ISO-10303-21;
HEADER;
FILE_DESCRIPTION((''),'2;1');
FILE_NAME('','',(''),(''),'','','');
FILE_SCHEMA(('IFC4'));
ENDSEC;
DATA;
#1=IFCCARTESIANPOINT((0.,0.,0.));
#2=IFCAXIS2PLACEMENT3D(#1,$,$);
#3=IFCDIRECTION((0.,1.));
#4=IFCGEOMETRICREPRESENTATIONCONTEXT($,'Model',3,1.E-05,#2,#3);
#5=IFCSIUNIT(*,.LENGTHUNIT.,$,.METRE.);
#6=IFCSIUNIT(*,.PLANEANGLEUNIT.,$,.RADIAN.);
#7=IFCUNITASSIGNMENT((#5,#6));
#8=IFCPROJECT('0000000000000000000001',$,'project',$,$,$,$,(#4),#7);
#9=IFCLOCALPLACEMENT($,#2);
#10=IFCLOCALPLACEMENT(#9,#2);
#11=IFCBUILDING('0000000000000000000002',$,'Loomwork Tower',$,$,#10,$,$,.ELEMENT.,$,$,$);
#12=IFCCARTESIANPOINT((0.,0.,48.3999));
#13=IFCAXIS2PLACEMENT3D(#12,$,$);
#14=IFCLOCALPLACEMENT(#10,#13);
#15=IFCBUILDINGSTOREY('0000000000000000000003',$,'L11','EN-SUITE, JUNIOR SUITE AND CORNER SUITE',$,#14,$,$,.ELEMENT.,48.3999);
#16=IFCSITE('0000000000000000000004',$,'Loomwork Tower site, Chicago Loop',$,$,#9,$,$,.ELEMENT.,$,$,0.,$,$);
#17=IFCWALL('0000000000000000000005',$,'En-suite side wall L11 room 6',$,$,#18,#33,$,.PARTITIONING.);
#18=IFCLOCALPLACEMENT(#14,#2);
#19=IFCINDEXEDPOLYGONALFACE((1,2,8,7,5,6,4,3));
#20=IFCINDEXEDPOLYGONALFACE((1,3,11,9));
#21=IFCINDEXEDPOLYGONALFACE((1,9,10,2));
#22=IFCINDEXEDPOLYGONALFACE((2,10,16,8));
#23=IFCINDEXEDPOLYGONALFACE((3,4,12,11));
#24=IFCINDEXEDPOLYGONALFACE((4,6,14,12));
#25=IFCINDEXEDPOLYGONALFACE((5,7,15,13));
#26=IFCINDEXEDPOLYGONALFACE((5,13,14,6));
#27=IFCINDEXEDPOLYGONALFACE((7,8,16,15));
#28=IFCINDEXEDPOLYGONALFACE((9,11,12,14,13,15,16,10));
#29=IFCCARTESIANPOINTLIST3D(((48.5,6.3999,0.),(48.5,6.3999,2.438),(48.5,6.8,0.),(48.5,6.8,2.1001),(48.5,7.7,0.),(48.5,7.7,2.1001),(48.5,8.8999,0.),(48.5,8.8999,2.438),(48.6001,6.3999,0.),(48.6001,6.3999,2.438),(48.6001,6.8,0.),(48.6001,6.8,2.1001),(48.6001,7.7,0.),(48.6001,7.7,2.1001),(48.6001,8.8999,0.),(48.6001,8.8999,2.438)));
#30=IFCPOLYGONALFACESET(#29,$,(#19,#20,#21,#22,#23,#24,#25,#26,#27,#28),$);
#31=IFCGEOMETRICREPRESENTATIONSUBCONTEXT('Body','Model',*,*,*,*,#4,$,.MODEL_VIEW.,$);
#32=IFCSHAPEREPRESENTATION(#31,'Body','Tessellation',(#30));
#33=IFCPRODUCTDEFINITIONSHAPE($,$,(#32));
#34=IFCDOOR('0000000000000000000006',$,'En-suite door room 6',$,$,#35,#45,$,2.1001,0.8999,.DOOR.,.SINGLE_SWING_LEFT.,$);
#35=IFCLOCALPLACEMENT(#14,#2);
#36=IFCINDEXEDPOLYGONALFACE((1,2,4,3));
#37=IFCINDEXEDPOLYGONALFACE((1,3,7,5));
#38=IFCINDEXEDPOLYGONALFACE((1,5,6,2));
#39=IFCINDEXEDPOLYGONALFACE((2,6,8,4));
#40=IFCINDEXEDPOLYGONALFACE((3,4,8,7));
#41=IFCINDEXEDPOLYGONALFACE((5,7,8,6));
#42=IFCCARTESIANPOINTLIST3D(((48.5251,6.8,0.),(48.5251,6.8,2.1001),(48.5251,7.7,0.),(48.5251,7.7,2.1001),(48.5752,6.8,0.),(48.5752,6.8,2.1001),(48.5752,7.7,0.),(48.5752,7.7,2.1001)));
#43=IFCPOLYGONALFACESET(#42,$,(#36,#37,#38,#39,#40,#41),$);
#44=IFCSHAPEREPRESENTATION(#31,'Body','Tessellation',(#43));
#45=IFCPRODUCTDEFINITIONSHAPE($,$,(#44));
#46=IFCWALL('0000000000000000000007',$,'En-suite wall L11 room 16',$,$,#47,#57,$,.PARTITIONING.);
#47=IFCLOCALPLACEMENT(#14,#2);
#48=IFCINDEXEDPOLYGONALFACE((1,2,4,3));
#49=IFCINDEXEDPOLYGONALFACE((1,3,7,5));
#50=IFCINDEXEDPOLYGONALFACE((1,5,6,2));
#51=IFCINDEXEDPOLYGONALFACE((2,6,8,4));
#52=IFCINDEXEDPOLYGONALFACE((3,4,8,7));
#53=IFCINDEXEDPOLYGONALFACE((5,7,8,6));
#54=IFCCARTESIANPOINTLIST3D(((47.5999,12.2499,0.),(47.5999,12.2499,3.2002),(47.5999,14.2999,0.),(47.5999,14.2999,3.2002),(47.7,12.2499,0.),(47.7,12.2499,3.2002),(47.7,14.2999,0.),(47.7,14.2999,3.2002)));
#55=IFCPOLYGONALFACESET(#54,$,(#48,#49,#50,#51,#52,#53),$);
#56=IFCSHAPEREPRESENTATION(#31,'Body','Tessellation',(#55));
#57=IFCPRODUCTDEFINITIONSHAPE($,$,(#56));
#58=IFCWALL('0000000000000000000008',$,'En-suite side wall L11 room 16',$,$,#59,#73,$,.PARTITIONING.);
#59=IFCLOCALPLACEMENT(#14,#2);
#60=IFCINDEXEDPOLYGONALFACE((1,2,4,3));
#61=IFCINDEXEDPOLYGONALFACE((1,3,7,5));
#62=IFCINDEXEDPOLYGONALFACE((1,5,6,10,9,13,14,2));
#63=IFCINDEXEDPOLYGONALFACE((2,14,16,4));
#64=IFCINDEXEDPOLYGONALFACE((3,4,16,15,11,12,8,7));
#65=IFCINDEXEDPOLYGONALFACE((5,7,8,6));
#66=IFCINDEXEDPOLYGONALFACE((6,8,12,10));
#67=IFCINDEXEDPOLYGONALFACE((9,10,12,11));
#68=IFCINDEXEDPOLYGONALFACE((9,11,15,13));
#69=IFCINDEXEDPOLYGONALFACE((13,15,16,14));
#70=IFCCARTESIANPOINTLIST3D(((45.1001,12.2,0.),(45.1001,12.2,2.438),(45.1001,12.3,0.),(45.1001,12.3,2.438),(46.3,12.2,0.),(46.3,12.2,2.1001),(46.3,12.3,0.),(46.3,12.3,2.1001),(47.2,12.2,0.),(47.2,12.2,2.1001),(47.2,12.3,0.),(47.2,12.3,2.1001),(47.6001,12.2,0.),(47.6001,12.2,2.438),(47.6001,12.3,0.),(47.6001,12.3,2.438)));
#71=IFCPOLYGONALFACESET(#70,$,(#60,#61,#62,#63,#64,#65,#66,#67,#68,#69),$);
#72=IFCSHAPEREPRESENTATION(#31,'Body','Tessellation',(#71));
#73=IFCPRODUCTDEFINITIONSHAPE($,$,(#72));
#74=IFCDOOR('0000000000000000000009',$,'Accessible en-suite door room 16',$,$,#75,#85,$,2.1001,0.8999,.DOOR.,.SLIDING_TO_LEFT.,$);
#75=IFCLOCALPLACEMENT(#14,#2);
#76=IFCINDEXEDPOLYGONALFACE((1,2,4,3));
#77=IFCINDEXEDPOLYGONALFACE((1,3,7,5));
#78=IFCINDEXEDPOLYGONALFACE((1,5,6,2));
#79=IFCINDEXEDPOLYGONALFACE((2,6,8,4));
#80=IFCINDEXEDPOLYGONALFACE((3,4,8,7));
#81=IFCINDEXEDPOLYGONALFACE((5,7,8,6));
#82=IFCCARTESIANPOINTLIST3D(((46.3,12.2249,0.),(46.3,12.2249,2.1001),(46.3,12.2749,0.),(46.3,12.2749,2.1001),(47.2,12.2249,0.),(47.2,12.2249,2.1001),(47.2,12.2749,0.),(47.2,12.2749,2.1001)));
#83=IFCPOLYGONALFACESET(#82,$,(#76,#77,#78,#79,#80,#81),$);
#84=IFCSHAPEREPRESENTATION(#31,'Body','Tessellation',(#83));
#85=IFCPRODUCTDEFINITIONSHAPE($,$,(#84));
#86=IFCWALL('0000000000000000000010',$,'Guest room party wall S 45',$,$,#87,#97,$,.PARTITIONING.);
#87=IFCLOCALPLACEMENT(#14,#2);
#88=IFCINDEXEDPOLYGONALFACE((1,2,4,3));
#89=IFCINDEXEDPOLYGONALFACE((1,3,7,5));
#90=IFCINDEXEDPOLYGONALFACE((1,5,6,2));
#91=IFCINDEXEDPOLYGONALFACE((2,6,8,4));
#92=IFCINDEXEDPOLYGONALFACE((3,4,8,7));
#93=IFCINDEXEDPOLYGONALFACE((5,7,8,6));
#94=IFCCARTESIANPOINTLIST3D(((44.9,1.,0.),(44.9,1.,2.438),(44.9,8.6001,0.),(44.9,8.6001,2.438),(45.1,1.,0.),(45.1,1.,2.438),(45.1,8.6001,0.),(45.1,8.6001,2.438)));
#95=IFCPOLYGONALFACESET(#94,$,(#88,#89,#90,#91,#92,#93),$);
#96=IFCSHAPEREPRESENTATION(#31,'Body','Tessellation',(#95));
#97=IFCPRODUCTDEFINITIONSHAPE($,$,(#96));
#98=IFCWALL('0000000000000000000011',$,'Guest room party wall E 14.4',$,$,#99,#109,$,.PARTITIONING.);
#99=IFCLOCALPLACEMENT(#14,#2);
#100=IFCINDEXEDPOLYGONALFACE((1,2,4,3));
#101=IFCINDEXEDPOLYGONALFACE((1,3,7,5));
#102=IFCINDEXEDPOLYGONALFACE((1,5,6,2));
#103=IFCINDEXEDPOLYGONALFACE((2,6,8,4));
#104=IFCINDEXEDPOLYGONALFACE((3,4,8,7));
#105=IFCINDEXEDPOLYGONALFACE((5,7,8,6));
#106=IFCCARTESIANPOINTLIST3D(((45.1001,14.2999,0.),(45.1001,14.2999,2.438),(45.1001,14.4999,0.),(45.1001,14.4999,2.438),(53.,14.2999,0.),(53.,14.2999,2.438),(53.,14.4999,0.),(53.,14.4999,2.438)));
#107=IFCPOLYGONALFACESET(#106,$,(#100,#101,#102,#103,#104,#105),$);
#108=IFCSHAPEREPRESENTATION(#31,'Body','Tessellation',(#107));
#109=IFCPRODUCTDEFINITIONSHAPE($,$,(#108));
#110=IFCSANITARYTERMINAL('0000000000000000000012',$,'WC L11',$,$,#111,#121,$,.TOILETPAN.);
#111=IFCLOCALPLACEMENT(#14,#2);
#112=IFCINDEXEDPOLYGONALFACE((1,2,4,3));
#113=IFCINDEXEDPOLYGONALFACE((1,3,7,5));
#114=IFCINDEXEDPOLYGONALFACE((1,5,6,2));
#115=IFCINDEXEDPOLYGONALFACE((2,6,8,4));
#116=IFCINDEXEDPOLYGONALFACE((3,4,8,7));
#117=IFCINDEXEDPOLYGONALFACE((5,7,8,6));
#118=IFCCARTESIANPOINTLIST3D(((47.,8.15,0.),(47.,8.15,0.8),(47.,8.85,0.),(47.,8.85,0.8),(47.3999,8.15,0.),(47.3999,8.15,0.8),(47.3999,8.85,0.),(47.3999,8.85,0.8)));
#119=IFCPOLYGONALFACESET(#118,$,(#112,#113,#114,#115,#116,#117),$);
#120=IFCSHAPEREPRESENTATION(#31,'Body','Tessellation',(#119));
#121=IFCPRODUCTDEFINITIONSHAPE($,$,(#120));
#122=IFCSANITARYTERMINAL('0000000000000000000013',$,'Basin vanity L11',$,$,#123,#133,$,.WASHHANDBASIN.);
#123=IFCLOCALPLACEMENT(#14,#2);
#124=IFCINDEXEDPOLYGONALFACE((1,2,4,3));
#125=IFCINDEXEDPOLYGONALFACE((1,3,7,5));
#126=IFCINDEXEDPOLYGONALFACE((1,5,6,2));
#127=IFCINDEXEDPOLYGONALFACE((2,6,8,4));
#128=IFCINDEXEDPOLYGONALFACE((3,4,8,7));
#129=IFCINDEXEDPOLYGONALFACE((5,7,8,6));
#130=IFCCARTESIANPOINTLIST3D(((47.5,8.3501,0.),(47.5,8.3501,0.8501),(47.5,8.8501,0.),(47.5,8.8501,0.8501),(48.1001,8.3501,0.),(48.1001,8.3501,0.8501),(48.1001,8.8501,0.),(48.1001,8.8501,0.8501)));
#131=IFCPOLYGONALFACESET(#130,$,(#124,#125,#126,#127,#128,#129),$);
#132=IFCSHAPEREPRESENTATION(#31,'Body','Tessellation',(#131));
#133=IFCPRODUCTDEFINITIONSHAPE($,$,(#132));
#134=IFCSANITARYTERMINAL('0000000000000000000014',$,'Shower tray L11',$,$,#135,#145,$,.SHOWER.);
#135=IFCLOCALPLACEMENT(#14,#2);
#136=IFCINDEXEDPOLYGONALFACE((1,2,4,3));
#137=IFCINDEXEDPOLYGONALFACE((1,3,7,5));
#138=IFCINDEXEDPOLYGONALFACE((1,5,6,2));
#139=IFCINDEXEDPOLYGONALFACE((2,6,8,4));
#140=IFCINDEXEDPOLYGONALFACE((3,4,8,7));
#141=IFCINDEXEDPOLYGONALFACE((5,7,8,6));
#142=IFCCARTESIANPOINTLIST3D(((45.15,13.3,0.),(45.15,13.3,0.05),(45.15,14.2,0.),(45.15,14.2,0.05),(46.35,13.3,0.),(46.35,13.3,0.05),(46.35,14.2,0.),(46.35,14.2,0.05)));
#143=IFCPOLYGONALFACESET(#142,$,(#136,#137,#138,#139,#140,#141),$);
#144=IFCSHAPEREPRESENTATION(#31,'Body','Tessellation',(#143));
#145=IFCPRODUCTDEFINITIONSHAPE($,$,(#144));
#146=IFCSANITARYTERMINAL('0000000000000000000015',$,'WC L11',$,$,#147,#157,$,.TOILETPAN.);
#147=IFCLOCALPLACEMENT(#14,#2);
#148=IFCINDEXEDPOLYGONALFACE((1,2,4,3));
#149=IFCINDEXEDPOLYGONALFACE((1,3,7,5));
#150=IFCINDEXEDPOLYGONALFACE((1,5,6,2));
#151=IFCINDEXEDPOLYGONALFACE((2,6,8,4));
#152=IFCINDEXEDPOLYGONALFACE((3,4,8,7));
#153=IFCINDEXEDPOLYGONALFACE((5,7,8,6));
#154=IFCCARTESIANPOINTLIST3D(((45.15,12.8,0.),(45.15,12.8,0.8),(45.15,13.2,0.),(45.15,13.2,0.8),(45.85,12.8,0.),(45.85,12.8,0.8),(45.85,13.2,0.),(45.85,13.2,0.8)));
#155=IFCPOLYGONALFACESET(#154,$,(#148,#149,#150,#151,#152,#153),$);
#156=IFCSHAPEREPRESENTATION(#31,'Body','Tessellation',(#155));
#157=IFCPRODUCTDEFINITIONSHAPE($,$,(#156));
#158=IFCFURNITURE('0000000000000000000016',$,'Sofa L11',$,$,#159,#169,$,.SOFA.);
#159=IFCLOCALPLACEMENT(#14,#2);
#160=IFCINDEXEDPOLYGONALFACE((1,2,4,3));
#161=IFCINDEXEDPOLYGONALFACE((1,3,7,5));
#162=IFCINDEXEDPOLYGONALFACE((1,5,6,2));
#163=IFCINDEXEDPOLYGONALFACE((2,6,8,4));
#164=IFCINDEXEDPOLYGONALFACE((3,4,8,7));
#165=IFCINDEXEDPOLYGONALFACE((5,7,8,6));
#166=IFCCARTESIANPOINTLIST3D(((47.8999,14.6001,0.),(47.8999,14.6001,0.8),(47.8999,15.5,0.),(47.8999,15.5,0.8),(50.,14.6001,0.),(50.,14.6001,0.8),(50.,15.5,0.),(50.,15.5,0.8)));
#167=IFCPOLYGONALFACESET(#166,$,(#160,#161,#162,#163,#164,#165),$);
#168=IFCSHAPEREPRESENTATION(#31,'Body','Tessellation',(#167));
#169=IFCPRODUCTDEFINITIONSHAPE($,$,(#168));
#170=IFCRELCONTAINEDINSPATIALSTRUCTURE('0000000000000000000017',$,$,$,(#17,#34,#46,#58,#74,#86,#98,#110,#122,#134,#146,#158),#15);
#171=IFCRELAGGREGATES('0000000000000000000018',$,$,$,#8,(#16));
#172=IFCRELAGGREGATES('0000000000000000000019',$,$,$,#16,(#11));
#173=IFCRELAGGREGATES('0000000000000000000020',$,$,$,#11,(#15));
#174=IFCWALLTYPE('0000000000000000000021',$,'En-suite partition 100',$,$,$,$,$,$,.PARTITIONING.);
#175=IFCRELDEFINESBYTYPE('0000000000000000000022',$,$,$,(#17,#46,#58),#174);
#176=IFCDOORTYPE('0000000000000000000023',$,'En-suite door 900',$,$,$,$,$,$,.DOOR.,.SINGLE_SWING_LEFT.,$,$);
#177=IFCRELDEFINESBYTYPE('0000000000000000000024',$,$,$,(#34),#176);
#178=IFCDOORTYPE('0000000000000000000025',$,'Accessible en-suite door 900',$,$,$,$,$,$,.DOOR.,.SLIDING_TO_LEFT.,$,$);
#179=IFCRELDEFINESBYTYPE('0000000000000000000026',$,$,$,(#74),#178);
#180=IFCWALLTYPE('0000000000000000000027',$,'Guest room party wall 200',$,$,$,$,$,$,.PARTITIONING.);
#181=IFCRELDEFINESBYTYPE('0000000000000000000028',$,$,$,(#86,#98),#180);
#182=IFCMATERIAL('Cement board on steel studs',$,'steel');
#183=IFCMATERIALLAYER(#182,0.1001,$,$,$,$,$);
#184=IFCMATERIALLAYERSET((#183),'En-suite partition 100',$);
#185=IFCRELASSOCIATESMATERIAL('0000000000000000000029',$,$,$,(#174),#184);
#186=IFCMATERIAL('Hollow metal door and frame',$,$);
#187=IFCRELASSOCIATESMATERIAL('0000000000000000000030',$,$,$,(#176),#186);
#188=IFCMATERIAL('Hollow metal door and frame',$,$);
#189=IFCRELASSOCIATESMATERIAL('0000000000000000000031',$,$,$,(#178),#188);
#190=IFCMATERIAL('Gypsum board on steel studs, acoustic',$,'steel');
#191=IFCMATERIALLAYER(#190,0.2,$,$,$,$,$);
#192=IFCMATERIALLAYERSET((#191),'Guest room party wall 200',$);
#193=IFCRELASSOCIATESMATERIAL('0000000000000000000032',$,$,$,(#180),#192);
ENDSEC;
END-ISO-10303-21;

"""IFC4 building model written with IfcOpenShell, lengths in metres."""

from ifc_helpers import new_model, si_unit, direction, frame, frame_2d, origin, origin_2d, place, context, subcontext, project, spatial, rectangle, extrude, material, layer, layer_set, type_object, element, fill, save


model = new_model("IFC4")

# Units and contexts
model_context = context("Model", 3, precision=1e-05, world=origin(), true_north=direction((0.0, 1.0)))
body_context = subcontext(model_context, "Body", "Model", "MODEL_VIEW")
ifc_project = project(units=[si_unit("LENGTHUNIT", "METRE"), si_unit("PLANEANGLEUNIT", "RADIAN")], contexts=[model_context])

# Site, building, storey
site_placement = place(None, origin())
site = spatial("IfcSite", under=ifc_project, at=site_placement, Name="Loomwork Tower site, Chicago Loop", CompositionType="ELEMENT", RefElevation=0.0)
building_placement = place(site_placement, origin())
building = spatial("IfcBuilding", under=site, at=building_placement, Name="Loomwork Tower", CompositionType="ELEMENT")
storey_placement = place(building_placement, frame((0.0, 0.0, 48.3999)))
storey = spatial("IfcBuildingStorey", under=building, at=storey_placement, Name="L11", Description="EN-SUITE, JUNIOR SUITE AND CORNER SUITE", CompositionType="ELEMENT", Elevation=48.3999)

# Wall, opening, door
ifc_material_1 = material(Name="Cement board on steel studs", Category="steel")
ifc_layer_1 = layer(ifc_material_1, 0.1001)
ifc_layer_set_1 = layer_set([ifc_layer_1], Name="En-suite partition 100")
wall_type_1 = type_object("IfcWallType", Name="En-suite partition 100", PredefinedType="PARTITIONING", material=ifc_layer_set_1)
wall_1_placement = place(storey_placement, frame((48.55, 8.8999, 0.0), z_axis=(0.0, 0.0, 1.0), x_axis=(0.0, -1.0, 0.0)))
wall_1 = element("IfcWall", 1, at=wall_1_placement, inside=storey, type_object=wall_type_1, Name="En-suite side wall L11 room 6", PredefinedType="PARTITIONING", context=body_context, shape_type="SweptSolid", body=[
    extrude(rectangle(XDim=2.5, YDim=0.1001, at=frame_2d((1.25, 0.0))), origin(), (0.0, 0.0, 1.0), 2.438),
])
opening_1_placement = place(wall_1_placement, frame((1.2, 0.0, 0.0)))
opening_1 = element("IfcOpeningElement", 2, at=opening_1_placement, cuts=wall_1, PredefinedType="OPENING", context=body_context, shape_type="SweptSolid", body=[
    extrude(rectangle(XDim=0.8999, YDim=2.1001, at=frame_2d((0.45, 1.05))), frame((0.0, 0.0601, 0.0), z_axis=(0.0, -1.0, 0.0), x_axis=(1.0, 0.0, 0.0)), (0.0, 0.0, 1.0), 0.1201),
])
ifc_material_2 = material(Name="Hollow metal door and frame")
door_type_1 = type_object("IfcDoorType", Name="En-suite door 900", OperationType="SINGLE_SWING_LEFT", PredefinedType="DOOR", material=ifc_material_2)
door_1_placement = place(opening_1_placement, frame((0.8999, 0.0, 0.0), z_axis=(0.0, 0.0, 1.0), x_axis=(-1.0, 0.0, 0.0)))
door_1 = element("IfcDoor", 3, at=door_1_placement, inside=storey, type_object=door_type_1, Name="En-suite door room 6", OperationType="SINGLE_SWING_LEFT", OverallHeight=2.1001, OverallWidth=0.8999, PredefinedType="DOOR", context=body_context, shape_type="SweptSolid", body=[
    extrude(rectangle(XDim=0.8999, YDim=2.1001, at=frame_2d((0.45, 1.05))), frame((0.0, 0.0249, 0.0), z_axis=(0.0, -1.0, 0.0), x_axis=(1.0, 0.0, 0.0)), (0.0, 0.0, 1.0), 0.05),
])
fill(opening_1, door_1)

# Wall
wall_2_placement = place(storey_placement, frame((47.6499, 12.25, 0.0), z_axis=(0.0, 0.0, 1.0), x_axis=(0.0, 1.0, 0.0)))
element("IfcWall", 4, at=wall_2_placement, inside=storey, type_object=wall_type_1, Name="En-suite wall L11 room 16", PredefinedType="PARTITIONING", context=body_context, shape_type="SweptSolid", body=[
    extrude(rectangle(XDim=2.05, YDim=0.1001, at=frame_2d((1.0249, 0.0))), origin(), (0.0, 0.0, 1.0), 3.2002),
])

# Wall, opening, door
wall_3_placement = place(storey_placement, frame((45.1001, 12.25, 0.0), z_axis=(0.0, 0.0, 1.0), x_axis=(1.0, 0.0, 0.0)))
wall_3 = element("IfcWall", 5, at=wall_3_placement, inside=storey, type_object=wall_type_1, Name="En-suite side wall L11 room 16", PredefinedType="PARTITIONING", context=body_context, shape_type="SweptSolid", body=[
    extrude(rectangle(XDim=2.5, YDim=0.1001, at=frame_2d((1.25, 0.0))), origin(), (0.0, 0.0, 1.0), 2.438),
])
opening_2_placement = place(wall_3_placement, frame((1.2, 0.0, 0.0)))
opening_2 = element("IfcOpeningElement", 6, at=opening_2_placement, cuts=wall_3, PredefinedType="OPENING", context=body_context, shape_type="SweptSolid", body=[
    extrude(rectangle(XDim=0.8999, YDim=2.1001, at=frame_2d((0.45, 1.05))), frame((0.0, 0.0601, 0.0), z_axis=(0.0, -1.0, 0.0), x_axis=(1.0, 0.0, 0.0)), (0.0, 0.0, 1.0), 0.1201),
])
ifc_material_3 = material(Name="Hollow metal door and frame")
door_type_2 = type_object("IfcDoorType", Name="Accessible en-suite door 900", OperationType="SLIDING_TO_LEFT", PredefinedType="DOOR", material=ifc_material_3)
door_2_placement = place(opening_2_placement, origin())
door_2 = element("IfcDoor", 7, at=door_2_placement, inside=storey, type_object=door_type_2, Name="Accessible en-suite door room 16", OperationType="SLIDING_TO_LEFT", OverallHeight=2.1001, OverallWidth=0.8999, PredefinedType="DOOR", context=body_context, shape_type="SweptSolid", body=[
    extrude(rectangle(XDim=0.8999, YDim=2.1001, at=frame_2d((0.45, 1.05))), frame((0.0, 0.0249, 0.0), z_axis=(0.0, -1.0, 0.0), x_axis=(1.0, 0.0, 0.0)), (0.0, 0.0, 1.0), 0.05),
])
fill(opening_2, door_2)

# Walls
ifc_material_4 = material(Name="Gypsum board on steel studs, acoustic", Category="steel")
ifc_layer_2 = layer(ifc_material_4, 0.2)
ifc_layer_set_2 = layer_set([ifc_layer_2], Name="Guest room party wall 200")
wall_type_2 = type_object("IfcWallType", Name="Guest room party wall 200", PredefinedType="PARTITIONING", material=ifc_layer_set_2)
wall_4_placement = place(storey_placement, frame((45.0, 8.6001, 0.0), z_axis=(0.0, 0.0, 1.0), x_axis=(0.0, -1.0, 0.0)))
element("IfcWall", 8, at=wall_4_placement, inside=storey, type_object=wall_type_2, Name="Guest room party wall S 45", PredefinedType="PARTITIONING", context=body_context, shape_type="SweptSolid", body=[
    extrude(rectangle(XDim=7.6001, YDim=0.2, at=frame_2d((3.8, 0.0))), origin(), (0.0, 0.0, 1.0), 2.438),
])
wall_5_placement = place(storey_placement, frame((45.1001, 14.3999, 0.0), z_axis=(0.0, 0.0, 1.0), x_axis=(1.0, 0.0, 0.0)))
element("IfcWall", 9, at=wall_5_placement, inside=storey, type_object=wall_type_2, Name="Guest room party wall E 14.4", PredefinedType="PARTITIONING", context=body_context, shape_type="SweptSolid", body=[
    extrude(rectangle(XDim=7.8999, YDim=0.2, at=frame_2d((3.95, 0.0))), origin(), (0.0, 0.0, 1.0), 2.438),
])

# Sanitary terminals
sanitary_terminal_1_placement = place(storey_placement, frame((47.2, 8.5, 0.0), z_axis=(0.0, 0.0, 1.0), x_axis=(1.0, 0.0, 0.0)))
element("IfcSanitaryTerminal", 10, at=sanitary_terminal_1_placement, inside=storey, Name="WC L11", PredefinedType="TOILETPAN", context=body_context, shape_type="SweptSolid", body=[
    extrude(rectangle(XDim=0.3999, YDim=0.7, at=origin_2d()), origin(), (0.0, 0.0, 1.0), 0.8),
])
sanitary_terminal_2_placement = place(storey_placement, frame((47.8, 8.6001, 0.0), z_axis=(0.0, 0.0, 1.0), x_axis=(1.0, 0.0, 0.0)))
element("IfcSanitaryTerminal", 11, at=sanitary_terminal_2_placement, inside=storey, Name="Basin vanity L11", PredefinedType="WASHHANDBASIN", context=body_context, shape_type="SweptSolid", body=[
    extrude(rectangle(XDim=0.6001, YDim=0.5, at=origin_2d()), origin(), (0.0, 0.0, 1.0), 0.8501),
])
sanitary_terminal_3_placement = place(storey_placement, frame((45.75, 13.75, 0.0), z_axis=(0.0, 0.0, 1.0), x_axis=(1.0, 0.0, 0.0)))
element("IfcSanitaryTerminal", 12, at=sanitary_terminal_3_placement, inside=storey, Name="Shower tray L11", PredefinedType="SHOWER", context=body_context, shape_type="SweptSolid", body=[
    extrude(rectangle(XDim=1.2, YDim=0.8999, at=origin_2d()), origin(), (0.0, 0.0, 1.0), 0.05),
])
sanitary_terminal_4_placement = place(storey_placement, frame((45.5, 13.0, 0.0), z_axis=(0.0, 0.0, 1.0), x_axis=(1.0, 0.0, 0.0)))
element("IfcSanitaryTerminal", 13, at=sanitary_terminal_4_placement, inside=storey, Name="WC L11", PredefinedType="TOILETPAN", context=body_context, shape_type="SweptSolid", body=[
    extrude(rectangle(XDim=0.7, YDim=0.3999, at=origin_2d()), origin(), (0.0, 0.0, 1.0), 0.8),
])

# Furniture
furniture_placement = place(storey_placement, frame((48.95, 15.05, 0.0), z_axis=(0.0, 0.0, 1.0), x_axis=(1.0, 0.0, 0.0)))
element("IfcFurniture", 14, at=furniture_placement, inside=storey, Name="Sofa L11", PredefinedType="SOFA", context=body_context, shape_type="SweptSolid", body=[
    extrude(rectangle(XDim=2.1001, YDim=0.8999, at=origin_2d()), origin(), (0.0, 0.0, 1.0), 0.8),
])

save(model, "model.ifc")
